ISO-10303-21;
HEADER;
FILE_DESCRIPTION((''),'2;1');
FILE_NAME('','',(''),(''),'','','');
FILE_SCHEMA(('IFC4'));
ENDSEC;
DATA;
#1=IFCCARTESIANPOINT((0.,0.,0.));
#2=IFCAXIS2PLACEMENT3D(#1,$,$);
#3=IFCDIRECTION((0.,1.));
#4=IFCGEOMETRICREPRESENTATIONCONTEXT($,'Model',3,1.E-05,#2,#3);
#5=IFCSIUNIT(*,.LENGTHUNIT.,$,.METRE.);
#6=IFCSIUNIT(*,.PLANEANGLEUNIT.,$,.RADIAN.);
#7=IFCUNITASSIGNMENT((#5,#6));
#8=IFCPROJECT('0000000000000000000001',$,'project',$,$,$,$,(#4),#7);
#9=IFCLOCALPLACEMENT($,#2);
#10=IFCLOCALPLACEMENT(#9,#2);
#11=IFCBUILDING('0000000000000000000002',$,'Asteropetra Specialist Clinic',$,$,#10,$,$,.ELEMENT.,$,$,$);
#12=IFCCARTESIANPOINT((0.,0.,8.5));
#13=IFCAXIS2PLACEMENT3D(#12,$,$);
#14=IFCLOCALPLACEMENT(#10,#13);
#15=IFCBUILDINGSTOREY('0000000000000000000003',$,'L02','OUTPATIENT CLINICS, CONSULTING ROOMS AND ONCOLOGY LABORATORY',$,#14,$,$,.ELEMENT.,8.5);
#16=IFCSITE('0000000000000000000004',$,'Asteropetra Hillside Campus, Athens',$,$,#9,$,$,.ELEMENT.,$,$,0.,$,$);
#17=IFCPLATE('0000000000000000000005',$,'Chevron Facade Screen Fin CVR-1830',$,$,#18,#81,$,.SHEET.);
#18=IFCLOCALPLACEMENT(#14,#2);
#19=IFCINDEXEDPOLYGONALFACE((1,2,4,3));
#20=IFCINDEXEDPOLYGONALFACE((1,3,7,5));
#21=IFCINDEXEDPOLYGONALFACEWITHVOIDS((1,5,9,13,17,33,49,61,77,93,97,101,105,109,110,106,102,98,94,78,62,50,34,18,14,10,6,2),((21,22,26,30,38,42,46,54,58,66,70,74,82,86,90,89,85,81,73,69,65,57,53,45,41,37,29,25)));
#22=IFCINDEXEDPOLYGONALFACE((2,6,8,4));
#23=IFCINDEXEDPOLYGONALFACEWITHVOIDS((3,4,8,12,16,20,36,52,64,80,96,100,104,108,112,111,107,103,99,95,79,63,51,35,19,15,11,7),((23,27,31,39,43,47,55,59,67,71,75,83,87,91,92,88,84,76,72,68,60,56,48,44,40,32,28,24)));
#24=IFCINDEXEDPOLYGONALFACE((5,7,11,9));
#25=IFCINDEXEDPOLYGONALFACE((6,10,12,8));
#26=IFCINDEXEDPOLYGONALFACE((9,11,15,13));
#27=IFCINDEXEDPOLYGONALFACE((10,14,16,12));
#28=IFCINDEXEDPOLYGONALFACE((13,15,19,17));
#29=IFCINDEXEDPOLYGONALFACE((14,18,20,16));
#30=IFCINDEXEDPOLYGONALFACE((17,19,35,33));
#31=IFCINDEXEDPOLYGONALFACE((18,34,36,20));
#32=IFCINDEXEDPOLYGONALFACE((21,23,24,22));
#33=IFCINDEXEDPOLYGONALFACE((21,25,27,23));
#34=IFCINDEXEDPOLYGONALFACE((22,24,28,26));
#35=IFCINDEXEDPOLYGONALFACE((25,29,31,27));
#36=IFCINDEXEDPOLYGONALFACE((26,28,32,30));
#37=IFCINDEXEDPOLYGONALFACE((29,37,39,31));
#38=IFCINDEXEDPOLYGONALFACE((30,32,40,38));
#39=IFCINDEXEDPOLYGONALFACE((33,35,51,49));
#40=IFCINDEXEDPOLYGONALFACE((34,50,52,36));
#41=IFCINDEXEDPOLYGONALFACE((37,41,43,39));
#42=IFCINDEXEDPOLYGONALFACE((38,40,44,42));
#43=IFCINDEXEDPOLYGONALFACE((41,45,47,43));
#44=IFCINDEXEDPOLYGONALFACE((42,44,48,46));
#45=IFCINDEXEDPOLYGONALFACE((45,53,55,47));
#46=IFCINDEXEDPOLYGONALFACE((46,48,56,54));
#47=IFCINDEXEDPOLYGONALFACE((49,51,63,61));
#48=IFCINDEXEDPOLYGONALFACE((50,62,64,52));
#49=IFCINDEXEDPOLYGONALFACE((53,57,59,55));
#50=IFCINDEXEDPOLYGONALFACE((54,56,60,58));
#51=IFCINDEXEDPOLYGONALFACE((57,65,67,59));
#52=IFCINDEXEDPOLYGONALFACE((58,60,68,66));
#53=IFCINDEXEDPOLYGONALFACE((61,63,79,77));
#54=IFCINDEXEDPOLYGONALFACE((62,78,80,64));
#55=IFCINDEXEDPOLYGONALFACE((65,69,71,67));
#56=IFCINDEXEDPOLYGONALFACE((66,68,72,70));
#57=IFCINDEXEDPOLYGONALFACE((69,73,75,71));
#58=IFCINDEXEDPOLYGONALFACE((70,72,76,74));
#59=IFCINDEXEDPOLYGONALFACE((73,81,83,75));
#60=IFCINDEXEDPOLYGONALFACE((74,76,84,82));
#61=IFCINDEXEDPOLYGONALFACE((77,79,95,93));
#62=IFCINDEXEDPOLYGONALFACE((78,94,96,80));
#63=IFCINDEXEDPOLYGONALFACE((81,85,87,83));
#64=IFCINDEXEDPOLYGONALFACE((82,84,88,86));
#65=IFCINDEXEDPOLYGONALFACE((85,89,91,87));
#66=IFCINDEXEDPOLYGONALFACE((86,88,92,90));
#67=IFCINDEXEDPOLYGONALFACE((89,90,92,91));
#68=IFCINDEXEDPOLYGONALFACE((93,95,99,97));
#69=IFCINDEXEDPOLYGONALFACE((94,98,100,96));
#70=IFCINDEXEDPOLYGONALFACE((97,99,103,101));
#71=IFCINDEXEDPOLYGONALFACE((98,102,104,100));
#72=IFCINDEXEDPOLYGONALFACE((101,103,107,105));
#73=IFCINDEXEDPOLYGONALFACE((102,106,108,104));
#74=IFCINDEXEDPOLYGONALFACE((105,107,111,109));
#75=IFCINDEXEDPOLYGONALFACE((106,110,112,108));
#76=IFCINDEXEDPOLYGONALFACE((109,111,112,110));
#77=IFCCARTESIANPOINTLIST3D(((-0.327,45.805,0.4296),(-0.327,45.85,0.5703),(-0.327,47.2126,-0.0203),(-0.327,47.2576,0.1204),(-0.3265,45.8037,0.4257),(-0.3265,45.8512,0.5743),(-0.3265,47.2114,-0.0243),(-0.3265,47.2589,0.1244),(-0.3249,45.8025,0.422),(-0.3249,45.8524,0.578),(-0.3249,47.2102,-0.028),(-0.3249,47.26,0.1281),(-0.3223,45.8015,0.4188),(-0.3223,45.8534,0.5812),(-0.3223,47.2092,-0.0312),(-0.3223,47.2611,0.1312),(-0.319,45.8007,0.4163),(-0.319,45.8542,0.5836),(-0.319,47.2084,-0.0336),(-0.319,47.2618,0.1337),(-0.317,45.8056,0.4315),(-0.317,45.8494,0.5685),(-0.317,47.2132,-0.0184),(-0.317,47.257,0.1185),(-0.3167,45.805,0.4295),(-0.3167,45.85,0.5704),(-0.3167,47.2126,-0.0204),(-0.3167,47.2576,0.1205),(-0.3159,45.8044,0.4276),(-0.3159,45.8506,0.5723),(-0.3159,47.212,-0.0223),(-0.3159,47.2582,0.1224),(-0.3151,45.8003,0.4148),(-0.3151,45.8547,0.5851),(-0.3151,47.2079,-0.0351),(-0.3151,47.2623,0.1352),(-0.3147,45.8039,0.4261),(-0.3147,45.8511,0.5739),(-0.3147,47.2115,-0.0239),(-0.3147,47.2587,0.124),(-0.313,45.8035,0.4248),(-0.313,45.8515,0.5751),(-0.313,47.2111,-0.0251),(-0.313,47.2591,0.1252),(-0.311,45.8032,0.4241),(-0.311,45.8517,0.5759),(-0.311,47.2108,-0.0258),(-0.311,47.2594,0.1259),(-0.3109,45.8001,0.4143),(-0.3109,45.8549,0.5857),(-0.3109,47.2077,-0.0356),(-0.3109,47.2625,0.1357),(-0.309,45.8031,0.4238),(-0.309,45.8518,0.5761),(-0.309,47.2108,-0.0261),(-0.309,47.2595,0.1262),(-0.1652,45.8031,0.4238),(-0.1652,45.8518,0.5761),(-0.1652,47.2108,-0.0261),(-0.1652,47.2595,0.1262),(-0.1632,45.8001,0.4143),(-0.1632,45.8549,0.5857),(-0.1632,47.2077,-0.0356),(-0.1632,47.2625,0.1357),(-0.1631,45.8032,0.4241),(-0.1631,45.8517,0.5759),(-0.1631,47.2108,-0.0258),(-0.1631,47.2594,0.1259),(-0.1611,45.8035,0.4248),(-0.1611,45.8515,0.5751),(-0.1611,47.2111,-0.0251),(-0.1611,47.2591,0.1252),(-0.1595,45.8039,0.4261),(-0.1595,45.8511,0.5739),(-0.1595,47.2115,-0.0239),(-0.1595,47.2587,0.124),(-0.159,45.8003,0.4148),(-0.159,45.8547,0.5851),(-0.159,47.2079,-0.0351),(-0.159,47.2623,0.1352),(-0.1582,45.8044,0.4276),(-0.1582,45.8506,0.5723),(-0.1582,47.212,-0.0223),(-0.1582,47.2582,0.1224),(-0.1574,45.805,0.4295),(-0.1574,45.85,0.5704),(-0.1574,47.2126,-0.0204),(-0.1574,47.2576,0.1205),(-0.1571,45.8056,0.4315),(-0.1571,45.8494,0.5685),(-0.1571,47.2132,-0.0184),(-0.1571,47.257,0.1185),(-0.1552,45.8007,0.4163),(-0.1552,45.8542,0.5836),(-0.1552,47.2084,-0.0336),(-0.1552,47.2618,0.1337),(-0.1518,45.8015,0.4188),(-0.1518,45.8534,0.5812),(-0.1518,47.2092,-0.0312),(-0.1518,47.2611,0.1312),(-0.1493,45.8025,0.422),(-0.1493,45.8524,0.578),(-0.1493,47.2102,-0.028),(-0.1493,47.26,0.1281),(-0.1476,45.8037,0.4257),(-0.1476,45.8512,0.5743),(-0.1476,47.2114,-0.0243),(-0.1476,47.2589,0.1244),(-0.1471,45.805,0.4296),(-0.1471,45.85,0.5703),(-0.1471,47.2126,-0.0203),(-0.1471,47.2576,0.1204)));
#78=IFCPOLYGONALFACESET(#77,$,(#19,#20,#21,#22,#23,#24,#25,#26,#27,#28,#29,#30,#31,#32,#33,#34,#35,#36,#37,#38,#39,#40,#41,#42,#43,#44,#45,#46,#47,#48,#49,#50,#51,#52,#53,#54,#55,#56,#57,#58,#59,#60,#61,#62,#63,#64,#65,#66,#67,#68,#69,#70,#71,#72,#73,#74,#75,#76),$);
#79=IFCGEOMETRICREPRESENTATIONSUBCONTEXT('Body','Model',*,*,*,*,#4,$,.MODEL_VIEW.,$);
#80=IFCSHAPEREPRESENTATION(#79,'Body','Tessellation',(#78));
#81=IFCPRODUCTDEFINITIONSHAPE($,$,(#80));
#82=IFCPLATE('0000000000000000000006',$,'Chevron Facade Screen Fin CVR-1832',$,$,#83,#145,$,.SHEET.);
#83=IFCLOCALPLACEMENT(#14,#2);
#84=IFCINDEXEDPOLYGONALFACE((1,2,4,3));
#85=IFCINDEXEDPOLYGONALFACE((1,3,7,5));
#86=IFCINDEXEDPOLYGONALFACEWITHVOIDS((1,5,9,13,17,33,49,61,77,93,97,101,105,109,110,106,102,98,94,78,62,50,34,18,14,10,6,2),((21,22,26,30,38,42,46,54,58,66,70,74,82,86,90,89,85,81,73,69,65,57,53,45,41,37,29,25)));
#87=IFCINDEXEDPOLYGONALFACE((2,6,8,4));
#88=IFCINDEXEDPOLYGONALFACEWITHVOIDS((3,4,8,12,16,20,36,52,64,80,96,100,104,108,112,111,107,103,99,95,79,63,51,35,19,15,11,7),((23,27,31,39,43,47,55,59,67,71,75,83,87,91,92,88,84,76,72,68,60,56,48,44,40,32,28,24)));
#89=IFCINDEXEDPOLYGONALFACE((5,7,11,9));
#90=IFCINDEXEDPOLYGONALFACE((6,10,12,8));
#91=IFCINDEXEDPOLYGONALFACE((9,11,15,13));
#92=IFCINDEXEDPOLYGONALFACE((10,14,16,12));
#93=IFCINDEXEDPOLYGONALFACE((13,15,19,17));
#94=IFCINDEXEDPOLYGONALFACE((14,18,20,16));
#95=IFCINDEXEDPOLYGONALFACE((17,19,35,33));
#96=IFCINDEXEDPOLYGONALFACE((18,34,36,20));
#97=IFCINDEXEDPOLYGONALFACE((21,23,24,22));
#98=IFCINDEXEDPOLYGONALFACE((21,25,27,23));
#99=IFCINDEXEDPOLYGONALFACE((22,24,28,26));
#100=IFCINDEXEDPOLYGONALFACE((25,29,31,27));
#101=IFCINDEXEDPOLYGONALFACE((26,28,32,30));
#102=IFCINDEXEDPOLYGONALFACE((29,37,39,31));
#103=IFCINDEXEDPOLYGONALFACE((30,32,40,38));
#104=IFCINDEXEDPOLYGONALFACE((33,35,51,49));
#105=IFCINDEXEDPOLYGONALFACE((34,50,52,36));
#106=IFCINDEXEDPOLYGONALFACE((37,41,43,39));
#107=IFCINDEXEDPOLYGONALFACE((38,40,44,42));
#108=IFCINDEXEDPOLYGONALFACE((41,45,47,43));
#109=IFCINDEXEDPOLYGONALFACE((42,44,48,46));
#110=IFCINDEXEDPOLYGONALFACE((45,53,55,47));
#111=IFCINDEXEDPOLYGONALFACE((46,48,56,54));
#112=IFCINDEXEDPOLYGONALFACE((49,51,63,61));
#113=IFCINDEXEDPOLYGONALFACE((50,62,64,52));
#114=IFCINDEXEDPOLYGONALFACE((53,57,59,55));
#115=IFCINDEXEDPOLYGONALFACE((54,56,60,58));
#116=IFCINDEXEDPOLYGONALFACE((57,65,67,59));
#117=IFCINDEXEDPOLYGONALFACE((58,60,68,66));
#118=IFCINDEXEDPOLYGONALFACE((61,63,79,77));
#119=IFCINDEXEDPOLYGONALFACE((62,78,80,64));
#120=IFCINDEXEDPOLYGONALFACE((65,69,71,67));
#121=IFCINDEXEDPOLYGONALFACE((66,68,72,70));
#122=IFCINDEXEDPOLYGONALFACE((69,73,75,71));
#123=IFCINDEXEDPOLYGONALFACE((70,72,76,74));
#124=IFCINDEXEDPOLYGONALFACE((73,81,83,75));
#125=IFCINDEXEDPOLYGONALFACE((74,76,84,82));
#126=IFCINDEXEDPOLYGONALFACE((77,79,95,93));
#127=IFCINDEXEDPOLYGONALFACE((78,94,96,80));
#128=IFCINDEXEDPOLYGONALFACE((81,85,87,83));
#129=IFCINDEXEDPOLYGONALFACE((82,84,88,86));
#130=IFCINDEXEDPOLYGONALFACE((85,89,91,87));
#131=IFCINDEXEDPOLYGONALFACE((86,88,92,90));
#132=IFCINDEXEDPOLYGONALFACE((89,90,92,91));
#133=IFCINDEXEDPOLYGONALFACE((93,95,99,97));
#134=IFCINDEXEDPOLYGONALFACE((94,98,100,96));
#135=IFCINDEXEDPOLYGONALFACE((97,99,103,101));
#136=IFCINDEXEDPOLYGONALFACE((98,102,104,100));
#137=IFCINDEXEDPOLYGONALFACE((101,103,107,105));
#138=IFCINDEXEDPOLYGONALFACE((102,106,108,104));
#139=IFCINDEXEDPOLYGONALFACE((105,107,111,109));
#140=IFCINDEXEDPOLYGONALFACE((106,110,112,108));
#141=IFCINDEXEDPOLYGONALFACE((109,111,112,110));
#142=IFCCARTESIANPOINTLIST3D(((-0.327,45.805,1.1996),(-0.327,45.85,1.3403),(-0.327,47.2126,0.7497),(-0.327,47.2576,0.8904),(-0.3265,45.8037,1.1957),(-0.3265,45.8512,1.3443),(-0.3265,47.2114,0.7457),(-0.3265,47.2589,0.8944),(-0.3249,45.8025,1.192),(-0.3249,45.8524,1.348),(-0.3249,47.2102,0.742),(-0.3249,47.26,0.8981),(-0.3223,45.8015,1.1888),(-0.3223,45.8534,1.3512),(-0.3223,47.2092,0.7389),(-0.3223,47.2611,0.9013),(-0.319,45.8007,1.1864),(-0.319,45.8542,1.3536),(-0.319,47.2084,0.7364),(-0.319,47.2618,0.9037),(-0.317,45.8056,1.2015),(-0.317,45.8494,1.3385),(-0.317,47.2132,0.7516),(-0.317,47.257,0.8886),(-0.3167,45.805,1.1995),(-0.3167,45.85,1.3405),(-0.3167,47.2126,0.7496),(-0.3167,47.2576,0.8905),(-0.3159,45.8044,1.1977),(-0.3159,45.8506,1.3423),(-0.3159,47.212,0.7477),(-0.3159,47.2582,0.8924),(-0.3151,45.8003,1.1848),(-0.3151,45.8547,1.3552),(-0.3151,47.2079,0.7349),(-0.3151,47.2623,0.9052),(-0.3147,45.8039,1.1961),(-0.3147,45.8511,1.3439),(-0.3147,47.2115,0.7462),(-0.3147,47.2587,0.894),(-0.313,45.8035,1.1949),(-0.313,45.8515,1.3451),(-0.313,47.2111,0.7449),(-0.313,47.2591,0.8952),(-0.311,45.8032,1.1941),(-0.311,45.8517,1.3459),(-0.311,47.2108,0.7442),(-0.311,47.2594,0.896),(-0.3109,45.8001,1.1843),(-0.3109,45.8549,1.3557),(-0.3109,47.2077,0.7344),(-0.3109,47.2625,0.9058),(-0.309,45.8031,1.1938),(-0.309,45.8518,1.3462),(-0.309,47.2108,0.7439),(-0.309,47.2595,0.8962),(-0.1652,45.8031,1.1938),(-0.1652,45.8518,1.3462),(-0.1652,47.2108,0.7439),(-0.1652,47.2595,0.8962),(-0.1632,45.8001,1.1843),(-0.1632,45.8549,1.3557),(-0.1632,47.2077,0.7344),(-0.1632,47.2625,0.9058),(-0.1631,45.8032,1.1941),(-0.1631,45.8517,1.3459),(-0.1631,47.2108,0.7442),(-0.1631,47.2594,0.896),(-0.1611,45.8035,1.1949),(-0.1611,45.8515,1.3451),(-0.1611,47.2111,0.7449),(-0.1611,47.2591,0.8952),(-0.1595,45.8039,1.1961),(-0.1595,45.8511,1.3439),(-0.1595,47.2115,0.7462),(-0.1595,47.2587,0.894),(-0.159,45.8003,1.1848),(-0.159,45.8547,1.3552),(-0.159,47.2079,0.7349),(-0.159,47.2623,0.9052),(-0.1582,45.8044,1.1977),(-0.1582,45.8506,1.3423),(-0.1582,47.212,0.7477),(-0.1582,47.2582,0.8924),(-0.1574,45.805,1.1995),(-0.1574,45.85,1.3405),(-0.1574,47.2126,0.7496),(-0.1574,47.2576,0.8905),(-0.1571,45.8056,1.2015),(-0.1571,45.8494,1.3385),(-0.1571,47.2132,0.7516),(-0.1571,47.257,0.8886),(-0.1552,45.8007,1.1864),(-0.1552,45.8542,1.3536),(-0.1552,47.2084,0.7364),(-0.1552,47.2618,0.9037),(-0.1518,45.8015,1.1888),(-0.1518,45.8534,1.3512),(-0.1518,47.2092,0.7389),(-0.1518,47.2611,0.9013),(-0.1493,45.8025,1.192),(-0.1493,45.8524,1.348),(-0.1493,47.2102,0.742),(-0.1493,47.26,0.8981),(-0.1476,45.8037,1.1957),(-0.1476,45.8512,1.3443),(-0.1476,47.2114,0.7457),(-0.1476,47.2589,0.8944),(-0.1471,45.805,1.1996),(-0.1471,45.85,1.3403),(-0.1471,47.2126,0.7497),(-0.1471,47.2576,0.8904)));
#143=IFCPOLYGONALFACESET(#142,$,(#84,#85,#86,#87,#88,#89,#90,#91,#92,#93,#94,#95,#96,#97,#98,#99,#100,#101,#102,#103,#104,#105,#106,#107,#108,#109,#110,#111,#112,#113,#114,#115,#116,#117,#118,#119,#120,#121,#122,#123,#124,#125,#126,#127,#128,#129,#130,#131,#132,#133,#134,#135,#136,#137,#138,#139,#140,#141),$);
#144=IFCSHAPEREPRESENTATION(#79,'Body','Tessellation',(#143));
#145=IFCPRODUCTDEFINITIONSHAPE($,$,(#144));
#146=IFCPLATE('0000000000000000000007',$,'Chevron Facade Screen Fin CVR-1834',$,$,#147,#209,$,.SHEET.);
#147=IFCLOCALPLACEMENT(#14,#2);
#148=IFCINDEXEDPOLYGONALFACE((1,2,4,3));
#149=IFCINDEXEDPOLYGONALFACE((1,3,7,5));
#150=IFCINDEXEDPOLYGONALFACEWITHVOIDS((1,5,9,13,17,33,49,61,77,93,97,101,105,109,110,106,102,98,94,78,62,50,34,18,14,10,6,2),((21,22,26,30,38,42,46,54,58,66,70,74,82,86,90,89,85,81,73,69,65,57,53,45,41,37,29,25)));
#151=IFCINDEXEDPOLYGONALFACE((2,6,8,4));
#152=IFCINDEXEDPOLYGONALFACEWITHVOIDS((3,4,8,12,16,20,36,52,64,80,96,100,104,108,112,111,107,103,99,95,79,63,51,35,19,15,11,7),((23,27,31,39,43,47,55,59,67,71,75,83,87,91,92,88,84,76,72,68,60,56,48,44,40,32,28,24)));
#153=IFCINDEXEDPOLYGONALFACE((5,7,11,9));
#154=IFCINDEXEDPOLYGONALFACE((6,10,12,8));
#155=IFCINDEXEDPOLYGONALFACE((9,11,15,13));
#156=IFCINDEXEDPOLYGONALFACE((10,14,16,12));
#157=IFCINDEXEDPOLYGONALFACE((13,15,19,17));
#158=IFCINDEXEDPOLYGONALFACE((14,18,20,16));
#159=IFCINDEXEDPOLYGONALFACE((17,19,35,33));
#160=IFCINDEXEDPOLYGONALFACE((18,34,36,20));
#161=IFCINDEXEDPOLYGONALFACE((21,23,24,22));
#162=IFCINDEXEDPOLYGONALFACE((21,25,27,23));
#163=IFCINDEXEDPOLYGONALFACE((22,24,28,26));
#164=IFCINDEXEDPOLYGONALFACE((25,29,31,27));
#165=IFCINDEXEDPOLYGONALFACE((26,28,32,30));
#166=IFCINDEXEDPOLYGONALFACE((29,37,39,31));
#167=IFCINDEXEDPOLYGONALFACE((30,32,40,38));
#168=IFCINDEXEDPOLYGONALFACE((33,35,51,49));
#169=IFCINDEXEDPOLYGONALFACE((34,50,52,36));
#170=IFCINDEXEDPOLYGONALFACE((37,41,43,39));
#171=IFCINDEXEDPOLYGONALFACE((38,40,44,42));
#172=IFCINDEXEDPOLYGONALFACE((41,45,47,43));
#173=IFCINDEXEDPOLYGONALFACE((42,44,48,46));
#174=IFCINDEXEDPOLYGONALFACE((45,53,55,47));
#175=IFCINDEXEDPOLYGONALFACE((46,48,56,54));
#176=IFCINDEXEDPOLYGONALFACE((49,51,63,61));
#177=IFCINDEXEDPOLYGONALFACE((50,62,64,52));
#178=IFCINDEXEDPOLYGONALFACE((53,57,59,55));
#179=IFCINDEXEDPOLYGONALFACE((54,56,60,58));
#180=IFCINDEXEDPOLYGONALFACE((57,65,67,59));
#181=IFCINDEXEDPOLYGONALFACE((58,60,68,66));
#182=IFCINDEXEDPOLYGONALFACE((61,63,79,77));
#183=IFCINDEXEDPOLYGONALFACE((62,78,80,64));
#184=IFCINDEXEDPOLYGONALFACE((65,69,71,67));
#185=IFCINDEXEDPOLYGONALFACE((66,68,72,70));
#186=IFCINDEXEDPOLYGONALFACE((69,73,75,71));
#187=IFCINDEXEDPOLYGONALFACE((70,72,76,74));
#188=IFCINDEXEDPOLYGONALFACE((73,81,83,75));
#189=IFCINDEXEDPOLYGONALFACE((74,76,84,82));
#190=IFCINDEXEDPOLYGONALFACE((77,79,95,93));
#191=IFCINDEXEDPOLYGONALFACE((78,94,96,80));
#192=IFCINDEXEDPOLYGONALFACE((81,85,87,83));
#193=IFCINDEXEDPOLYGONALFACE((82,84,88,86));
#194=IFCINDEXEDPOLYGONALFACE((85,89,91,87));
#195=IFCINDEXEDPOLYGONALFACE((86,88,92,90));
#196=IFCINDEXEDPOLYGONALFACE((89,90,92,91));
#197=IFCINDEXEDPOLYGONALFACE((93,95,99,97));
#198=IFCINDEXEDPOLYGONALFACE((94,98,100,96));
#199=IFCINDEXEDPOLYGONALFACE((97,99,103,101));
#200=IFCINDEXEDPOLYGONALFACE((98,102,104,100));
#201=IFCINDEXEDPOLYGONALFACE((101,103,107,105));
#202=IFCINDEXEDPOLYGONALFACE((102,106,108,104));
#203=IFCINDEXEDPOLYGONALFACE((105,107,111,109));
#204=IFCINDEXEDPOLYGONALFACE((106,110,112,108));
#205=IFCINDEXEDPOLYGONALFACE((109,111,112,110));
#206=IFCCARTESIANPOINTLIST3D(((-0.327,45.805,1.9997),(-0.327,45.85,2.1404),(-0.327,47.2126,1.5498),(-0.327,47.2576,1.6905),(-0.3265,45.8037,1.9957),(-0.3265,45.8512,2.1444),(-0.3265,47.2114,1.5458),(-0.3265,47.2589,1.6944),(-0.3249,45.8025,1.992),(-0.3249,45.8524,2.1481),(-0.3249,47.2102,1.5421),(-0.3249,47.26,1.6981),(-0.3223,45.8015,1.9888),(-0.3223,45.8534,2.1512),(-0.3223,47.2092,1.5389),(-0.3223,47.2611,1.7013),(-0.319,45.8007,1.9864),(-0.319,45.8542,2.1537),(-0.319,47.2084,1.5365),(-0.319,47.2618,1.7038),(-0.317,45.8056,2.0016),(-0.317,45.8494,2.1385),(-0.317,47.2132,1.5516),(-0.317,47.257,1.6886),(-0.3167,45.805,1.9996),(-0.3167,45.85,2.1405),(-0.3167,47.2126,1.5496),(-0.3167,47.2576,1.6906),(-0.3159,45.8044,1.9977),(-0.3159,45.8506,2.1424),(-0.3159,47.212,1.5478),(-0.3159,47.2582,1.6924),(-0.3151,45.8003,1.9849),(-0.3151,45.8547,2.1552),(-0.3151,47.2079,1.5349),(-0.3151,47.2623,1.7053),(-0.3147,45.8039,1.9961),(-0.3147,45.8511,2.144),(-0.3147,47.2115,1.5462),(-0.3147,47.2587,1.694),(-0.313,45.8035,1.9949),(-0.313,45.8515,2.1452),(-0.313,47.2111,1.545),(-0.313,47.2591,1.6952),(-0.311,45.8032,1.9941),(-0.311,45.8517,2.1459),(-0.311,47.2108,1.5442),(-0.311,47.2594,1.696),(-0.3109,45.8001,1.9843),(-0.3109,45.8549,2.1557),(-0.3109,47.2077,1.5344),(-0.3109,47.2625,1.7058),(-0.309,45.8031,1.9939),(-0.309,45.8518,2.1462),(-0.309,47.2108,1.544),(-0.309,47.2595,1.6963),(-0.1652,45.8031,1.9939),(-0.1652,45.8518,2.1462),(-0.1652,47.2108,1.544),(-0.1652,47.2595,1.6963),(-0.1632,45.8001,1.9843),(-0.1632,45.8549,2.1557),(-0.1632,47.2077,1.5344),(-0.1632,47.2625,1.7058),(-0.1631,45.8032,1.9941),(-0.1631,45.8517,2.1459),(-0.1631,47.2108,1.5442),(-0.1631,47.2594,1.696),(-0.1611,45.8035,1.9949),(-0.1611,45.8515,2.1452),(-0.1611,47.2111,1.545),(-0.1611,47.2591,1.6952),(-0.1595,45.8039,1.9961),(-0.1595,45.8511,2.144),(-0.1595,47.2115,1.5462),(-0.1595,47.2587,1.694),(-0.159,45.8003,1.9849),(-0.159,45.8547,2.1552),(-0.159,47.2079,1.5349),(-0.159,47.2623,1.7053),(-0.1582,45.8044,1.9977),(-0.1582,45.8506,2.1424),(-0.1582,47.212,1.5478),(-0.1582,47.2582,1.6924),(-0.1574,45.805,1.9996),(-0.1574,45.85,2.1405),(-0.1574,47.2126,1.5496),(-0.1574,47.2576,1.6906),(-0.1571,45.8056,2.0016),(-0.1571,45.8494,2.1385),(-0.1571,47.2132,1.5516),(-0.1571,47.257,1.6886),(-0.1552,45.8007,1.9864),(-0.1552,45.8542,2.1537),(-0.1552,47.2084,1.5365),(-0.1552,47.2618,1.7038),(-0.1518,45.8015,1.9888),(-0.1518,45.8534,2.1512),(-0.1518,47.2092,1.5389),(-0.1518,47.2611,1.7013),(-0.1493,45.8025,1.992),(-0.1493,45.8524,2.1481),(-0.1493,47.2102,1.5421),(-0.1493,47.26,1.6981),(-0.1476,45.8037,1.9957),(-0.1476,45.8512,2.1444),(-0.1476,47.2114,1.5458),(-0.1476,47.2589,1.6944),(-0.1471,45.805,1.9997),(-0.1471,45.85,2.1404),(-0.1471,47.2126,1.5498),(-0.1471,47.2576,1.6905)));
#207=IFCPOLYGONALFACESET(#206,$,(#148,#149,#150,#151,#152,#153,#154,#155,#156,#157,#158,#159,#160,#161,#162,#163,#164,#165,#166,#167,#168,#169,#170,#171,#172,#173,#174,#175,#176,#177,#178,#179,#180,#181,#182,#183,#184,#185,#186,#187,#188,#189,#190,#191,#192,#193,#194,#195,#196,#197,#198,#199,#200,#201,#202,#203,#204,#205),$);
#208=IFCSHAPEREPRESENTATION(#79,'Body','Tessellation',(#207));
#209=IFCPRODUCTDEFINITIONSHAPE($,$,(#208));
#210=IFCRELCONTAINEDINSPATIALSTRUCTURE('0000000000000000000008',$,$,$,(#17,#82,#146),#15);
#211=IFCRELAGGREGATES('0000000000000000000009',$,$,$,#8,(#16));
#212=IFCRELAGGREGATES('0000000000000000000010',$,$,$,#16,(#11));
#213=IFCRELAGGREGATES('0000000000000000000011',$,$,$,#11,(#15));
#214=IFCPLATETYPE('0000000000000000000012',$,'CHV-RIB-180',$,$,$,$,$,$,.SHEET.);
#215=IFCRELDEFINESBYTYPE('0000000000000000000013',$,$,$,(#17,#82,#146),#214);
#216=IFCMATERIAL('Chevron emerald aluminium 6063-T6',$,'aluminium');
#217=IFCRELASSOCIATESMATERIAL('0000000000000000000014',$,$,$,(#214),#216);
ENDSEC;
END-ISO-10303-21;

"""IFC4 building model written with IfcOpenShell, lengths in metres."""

from ifc_helpers import new_model, si_unit, direction, frame, origin, origin_2d, place, context, subcontext, project, spatial, hollow_rectangle, extrude, material, material_profile, profile_set, type_object, element, save


model = new_model("IFC4")

# Units and contexts
model_context = context("Model", 3, precision=1e-05, world=origin(), true_north=direction((0.0, 1.0)))
body_context = subcontext(model_context, "Body", "Model", "MODEL_VIEW")
ifc_project = project(units=[si_unit("LENGTHUNIT", "METRE"), si_unit("PLANEANGLEUNIT", "RADIAN")], contexts=[model_context])

# Site, building, storey
site_placement = place(None, origin())
site = spatial("IfcSite", under=ifc_project, at=site_placement, Name="Asteropetra Hillside Campus, Athens", CompositionType="ELEMENT", RefElevation=0.0)
building_placement = place(site_placement, origin())
building = spatial("IfcBuilding", under=site, at=building_placement, Name="Asteropetra Specialist Clinic", CompositionType="ELEMENT")
storey_placement = place(building_placement, frame((0.0, 0.0, 8.5)))
storey = spatial("IfcBuildingStorey", under=building, at=storey_placement, Name="L02", Description="OUTPATIENT CLINICS, CONSULTING ROOMS AND ONCOLOGY LABORATORY", CompositionType="ELEMENT", Elevation=8.5)

# Plates
ifc_material = material(Name="Chevron emerald aluminium 6063-T6", Category="aluminium")
ifc_material_profile = material_profile(ifc_material, hollow_rectangle(XDim=0.1799, YDim=0.1799, WallThickness=0.01, InnerFilletRadius=0.0081, OuterFilletRadius=0.0161, at=origin_2d()), Name="SHS 180x180x10.0")
ifc_profile_set = profile_set([ifc_material_profile], Name="Chevron emerald aluminium 6063-T6")
plate_type = type_object("IfcPlateType", Name="CHV-RIB-180", PredefinedType="SHEET", material=ifc_profile_set)
for number, where, z_axis, x_axis, name in (
    (1, (-0.2371, 47.2351, 0.05), (0.0, -0.952526, 0.304458), (1.0, 0.0, 0.0), "Chevron Facade Screen Fin CVR-1830"),
    (2, (-0.2371, 47.2351, 0.8201), (0.0, -0.952526, 0.304458), (1.0, 0.0, 0.0), "Chevron Facade Screen Fin CVR-1832"),
    (3, (-0.2371, 47.2351, 1.6201), (0.0, -0.952526, 0.304458), (1.0, 0.0, 0.0), "Chevron Facade Screen Fin CVR-1834"),
):
    element("IfcPlate", number, at=place(storey_placement, frame(where, z_axis=z_axis, x_axis=x_axis)), inside=storey, type_object=plate_type, Name=name, PredefinedType="SHEET", context=body_context, shape_type="SweptSolid", body=[
        extrude(hollow_rectangle(XDim=0.1799, YDim=0.1799, WallThickness=0.01, InnerFilletRadius=0.0081, OuterFilletRadius=0.0161, at=origin_2d()), origin(), (0.0, 0.0, 1.0), 1.4778),
    ])

save(model, "model.ifc")
